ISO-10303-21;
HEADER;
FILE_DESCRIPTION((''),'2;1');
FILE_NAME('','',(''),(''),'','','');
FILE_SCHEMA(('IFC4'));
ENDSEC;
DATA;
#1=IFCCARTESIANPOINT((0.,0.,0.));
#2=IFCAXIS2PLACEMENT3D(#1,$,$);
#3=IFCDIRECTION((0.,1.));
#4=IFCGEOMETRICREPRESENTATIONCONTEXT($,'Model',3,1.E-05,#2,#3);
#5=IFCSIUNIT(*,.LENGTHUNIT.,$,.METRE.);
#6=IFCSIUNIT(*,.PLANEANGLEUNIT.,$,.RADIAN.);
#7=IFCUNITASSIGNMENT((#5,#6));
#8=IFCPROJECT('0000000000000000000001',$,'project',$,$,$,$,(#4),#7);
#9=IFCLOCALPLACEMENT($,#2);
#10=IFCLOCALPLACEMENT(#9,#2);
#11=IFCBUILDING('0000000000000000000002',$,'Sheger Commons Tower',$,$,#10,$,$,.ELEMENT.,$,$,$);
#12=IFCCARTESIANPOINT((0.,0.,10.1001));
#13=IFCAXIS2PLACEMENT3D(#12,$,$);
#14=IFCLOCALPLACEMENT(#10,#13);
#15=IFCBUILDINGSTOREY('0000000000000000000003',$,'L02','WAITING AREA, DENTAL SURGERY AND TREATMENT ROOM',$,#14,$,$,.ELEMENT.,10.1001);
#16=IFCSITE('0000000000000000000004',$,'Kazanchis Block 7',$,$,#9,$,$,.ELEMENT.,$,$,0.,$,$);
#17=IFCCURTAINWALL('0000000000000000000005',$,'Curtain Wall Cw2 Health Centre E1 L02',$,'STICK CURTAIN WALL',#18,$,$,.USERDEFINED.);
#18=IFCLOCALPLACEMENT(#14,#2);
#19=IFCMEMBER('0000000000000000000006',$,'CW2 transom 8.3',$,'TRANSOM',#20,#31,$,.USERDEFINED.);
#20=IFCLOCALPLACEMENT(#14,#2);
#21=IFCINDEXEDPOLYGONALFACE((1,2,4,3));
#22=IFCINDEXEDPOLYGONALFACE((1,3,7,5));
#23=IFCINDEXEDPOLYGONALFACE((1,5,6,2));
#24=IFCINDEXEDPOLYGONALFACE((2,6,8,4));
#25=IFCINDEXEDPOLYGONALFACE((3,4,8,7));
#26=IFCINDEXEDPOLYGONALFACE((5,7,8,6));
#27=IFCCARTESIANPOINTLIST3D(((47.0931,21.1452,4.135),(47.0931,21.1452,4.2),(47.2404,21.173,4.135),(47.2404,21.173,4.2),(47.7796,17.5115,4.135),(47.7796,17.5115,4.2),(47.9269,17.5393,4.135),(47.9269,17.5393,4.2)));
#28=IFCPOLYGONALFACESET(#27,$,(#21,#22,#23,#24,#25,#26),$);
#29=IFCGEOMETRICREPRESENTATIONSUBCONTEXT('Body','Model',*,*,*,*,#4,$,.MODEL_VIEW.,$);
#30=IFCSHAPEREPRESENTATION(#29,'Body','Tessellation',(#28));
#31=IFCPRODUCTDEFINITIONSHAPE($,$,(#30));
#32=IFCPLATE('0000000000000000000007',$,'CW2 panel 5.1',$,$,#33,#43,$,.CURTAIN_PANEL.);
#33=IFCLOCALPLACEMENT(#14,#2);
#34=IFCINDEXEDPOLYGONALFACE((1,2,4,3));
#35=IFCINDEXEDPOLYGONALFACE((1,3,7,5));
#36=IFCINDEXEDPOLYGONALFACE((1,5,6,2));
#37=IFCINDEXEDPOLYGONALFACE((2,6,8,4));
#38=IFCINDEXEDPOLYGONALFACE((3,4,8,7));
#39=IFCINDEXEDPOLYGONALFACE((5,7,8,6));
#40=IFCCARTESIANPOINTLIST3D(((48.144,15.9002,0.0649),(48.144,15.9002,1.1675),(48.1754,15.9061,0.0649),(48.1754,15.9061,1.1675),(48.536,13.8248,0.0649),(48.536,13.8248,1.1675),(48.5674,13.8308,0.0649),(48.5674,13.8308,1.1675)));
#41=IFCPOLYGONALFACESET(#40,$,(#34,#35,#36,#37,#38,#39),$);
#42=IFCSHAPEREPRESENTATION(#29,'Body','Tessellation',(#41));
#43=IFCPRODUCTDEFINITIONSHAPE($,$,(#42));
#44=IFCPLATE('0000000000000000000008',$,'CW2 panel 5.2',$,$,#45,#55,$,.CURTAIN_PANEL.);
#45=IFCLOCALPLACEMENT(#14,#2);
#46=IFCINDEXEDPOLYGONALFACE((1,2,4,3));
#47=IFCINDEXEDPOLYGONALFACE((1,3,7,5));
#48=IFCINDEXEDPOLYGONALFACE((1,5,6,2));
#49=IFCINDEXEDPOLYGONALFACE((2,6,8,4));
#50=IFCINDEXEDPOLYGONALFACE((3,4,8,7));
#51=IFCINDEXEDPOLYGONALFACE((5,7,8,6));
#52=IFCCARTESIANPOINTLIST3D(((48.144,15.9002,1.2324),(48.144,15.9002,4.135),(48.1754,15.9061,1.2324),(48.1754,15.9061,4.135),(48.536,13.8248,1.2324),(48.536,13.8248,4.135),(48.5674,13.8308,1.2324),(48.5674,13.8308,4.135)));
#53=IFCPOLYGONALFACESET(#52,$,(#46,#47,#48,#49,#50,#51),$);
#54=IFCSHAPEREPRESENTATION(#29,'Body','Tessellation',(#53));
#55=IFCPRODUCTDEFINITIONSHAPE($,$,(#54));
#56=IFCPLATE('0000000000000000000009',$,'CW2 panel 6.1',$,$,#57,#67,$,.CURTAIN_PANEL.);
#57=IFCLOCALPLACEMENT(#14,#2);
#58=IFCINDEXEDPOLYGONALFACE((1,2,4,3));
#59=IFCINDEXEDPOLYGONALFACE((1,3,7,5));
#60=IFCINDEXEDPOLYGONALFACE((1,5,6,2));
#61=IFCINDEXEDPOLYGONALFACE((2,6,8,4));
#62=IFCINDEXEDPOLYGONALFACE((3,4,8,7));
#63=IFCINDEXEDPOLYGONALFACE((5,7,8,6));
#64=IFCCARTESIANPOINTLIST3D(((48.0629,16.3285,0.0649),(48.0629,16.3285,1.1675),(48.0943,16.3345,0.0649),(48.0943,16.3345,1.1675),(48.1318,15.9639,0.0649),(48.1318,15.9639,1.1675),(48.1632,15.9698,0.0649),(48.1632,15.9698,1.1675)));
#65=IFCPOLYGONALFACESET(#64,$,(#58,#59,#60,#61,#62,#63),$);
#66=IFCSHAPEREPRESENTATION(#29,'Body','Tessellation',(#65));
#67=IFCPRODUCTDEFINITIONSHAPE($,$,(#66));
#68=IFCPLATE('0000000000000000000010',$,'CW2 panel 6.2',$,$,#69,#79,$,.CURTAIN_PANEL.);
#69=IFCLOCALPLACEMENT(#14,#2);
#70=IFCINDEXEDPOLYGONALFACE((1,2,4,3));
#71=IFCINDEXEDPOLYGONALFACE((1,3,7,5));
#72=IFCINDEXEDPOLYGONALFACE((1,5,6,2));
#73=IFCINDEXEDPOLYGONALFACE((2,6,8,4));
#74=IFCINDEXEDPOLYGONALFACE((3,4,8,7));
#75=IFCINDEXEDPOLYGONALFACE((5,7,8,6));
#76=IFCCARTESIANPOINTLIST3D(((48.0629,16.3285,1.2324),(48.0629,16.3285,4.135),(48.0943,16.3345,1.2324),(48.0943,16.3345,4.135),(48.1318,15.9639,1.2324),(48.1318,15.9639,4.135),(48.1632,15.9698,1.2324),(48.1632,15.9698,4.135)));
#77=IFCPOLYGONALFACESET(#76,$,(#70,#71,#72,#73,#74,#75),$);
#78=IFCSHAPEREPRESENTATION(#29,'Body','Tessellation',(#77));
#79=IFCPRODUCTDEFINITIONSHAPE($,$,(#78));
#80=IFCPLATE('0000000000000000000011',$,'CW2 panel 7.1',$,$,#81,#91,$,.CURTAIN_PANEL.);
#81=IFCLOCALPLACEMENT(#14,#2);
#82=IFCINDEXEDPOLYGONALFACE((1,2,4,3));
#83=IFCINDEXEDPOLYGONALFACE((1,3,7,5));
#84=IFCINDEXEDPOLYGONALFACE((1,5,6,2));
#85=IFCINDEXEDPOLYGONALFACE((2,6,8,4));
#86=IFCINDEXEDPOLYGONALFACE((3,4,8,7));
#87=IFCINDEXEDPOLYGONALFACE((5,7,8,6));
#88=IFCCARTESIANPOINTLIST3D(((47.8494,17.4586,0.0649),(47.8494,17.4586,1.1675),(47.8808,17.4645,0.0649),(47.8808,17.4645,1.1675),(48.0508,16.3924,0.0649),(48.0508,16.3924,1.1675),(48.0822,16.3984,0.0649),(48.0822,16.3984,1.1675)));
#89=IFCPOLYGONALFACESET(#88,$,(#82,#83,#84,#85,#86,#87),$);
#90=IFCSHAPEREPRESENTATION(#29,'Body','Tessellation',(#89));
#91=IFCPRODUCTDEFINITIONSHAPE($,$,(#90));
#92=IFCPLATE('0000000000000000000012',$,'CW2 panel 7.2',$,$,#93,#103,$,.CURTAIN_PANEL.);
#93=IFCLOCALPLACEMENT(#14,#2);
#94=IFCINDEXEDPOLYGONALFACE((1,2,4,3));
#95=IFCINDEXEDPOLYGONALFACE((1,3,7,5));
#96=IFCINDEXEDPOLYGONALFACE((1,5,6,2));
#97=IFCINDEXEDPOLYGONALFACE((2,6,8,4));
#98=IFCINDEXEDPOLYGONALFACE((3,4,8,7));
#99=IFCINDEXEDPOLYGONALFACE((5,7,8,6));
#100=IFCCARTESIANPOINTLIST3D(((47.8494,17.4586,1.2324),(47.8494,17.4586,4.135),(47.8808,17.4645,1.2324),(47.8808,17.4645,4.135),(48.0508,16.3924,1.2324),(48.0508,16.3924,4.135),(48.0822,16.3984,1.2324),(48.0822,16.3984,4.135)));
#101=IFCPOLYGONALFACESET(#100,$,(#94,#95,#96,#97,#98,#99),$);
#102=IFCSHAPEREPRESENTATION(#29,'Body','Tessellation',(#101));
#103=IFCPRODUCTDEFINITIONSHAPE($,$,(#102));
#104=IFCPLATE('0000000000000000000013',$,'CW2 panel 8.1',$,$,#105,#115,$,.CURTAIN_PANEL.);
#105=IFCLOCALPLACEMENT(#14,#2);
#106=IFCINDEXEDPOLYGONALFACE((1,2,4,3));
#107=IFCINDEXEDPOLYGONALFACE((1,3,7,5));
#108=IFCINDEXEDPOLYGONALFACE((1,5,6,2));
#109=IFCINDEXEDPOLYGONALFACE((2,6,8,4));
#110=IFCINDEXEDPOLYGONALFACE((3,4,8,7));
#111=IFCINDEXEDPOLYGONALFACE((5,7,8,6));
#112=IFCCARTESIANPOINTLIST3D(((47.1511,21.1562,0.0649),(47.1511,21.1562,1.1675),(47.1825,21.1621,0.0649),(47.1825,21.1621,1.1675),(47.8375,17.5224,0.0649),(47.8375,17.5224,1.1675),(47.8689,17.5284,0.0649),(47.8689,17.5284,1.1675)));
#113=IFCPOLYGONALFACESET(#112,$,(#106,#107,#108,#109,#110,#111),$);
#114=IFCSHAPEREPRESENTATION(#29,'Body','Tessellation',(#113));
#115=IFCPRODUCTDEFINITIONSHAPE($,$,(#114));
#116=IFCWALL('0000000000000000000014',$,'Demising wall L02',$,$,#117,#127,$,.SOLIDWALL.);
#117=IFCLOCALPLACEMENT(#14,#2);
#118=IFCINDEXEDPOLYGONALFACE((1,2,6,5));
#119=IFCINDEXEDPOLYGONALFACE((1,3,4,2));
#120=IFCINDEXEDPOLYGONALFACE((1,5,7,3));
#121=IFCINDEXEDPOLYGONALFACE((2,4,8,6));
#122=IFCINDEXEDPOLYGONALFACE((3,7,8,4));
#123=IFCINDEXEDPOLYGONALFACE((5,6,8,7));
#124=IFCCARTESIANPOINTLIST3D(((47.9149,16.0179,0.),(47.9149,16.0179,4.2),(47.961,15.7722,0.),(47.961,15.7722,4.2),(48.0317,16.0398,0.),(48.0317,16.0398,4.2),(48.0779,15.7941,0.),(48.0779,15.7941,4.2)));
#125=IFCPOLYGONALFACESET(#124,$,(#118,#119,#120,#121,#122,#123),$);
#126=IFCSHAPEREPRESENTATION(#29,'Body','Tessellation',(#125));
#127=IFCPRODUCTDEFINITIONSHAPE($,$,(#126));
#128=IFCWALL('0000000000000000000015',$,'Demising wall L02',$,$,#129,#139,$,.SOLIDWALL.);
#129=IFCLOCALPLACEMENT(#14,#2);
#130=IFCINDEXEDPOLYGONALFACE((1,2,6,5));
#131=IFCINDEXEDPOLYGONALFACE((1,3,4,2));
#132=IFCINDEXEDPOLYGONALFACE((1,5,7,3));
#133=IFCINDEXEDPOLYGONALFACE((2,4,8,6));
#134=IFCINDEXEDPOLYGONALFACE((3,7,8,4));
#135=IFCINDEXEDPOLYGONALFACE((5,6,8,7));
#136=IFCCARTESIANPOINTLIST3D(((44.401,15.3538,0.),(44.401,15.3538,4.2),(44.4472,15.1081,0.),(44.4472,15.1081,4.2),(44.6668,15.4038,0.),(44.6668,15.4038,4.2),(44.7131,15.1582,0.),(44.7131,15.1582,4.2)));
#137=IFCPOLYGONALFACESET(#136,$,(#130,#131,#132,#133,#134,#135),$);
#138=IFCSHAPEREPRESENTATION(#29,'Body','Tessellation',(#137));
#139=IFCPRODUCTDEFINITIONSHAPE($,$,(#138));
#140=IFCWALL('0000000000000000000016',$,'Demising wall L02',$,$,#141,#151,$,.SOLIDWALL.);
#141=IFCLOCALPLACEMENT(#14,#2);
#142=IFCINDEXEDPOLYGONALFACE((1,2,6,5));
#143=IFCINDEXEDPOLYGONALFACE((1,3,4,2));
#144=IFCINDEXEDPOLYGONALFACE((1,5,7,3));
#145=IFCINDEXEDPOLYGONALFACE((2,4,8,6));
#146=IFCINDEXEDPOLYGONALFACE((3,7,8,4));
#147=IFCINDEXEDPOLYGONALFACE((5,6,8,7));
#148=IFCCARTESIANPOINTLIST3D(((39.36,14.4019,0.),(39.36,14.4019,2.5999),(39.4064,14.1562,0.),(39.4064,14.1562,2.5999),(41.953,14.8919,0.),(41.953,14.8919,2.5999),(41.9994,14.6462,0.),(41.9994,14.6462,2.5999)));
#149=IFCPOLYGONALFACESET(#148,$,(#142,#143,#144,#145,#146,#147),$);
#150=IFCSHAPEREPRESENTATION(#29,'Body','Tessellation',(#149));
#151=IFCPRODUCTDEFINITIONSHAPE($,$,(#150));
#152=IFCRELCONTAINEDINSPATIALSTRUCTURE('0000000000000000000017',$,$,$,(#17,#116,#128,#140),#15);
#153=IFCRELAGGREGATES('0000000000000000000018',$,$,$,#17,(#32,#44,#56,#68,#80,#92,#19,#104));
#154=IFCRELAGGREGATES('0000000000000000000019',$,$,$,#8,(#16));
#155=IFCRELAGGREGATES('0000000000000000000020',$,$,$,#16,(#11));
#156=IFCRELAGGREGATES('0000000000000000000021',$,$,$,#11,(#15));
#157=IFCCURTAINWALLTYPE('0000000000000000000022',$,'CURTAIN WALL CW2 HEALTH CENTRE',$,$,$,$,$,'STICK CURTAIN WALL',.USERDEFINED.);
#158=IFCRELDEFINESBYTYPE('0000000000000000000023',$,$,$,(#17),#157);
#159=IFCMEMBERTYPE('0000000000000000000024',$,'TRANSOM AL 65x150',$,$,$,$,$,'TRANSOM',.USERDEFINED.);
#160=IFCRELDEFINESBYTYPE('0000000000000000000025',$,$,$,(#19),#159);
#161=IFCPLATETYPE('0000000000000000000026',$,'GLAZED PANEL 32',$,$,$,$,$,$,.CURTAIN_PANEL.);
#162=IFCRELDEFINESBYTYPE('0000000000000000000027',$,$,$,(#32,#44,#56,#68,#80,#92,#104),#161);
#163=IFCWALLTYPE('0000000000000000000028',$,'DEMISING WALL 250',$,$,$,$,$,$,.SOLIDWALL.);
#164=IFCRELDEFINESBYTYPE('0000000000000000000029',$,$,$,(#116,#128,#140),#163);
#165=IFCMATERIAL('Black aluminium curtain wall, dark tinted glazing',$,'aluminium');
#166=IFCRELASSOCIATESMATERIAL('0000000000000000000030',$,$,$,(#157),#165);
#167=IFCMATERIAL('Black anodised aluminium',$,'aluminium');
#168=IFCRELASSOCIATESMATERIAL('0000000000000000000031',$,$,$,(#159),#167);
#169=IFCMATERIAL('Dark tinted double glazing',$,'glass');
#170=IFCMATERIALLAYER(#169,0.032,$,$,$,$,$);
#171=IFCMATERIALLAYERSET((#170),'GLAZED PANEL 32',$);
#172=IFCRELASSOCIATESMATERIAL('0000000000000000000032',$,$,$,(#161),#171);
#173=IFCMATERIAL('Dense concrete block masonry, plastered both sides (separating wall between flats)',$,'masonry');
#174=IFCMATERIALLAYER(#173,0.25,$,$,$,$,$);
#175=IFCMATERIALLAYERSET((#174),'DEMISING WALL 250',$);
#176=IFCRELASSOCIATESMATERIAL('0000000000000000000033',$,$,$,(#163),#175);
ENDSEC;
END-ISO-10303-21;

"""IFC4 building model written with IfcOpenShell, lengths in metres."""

from ifc_helpers import new_model, si_unit, direction, frame, frame_2d, origin, origin_2d, place, context, subcontext, project, spatial, rectangle, extrude, material, layer, layer_set, material_profile, profile_set, type_object, element, aggregate, save


model = new_model("IFC4")

# Units and contexts
model_context = context("Model", 3, precision=1e-05, world=origin(), true_north=direction((0.0, 1.0)))
body_context = subcontext(model_context, "Body", "Model", "MODEL_VIEW")
ifc_project = project(units=[si_unit("LENGTHUNIT", "METRE"), si_unit("PLANEANGLEUNIT", "RADIAN")], contexts=[model_context])

# Site, building, storey
site_placement = place(None, origin())
site = spatial("IfcSite", under=ifc_project, at=site_placement, Name="Kazanchis Block 7", CompositionType="ELEMENT", RefElevation=0.0)
building_placement = place(site_placement, origin())
building = spatial("IfcBuilding", under=site, at=building_placement, Name="Sheger Commons Tower", CompositionType="ELEMENT")
storey_placement = place(building_placement, frame((0.0, 0.0, 10.1001)))
storey = spatial("IfcBuildingStorey", under=building, at=storey_placement, Name="L02", Description="WAITING AREA, DENTAL SURGERY AND TREATMENT ROOM", CompositionType="ELEMENT", Elevation=10.1001)

# Curtain wall
ifc_material_1 = material(Name="Black aluminium curtain wall, dark tinted glazing", Category="aluminium")
curtain_wall_type = type_object("IfcCurtainWallType", Name="CURTAIN WALL CW2 HEALTH CENTRE", ElementType="STICK CURTAIN WALL", PredefinedType="USERDEFINED", material=ifc_material_1)
curtain_wall_placement = place(storey_placement, origin())
curtain_wall = element("IfcCurtainWall", 1, at=curtain_wall_placement, inside=storey, type_object=curtain_wall_type, Name="Curtain Wall Cw2 Health Centre E1 L02", ObjectType="STICK CURTAIN WALL", PredefinedType="USERDEFINED")

# Member
ifc_material_2 = material(Name="Black anodised aluminium", Category="aluminium")
ifc_material_profile_1 = material_profile(ifc_material_2, rectangle(XDim=0.1499, YDim=0.0649, at=origin_2d()), Name="AL 65x150")
ifc_profile_set_1 = profile_set([ifc_material_profile_1], Name="Black anodised aluminium")
member_type_1 = type_object("IfcMemberType", Name="TRANSOM AL 65x150", ElementType="TRANSOM", PredefinedType="USERDEFINED", material=ifc_profile_set_1)
member_1_placement = place(storey_placement, frame((47.8533, 17.5254, 4.1675), z_axis=(-0.185644, 0.982617, 0.0), x_axis=(-0.982617, -0.185644, 0.0)))
member_1 = element("IfcMember", 2, at=member_1_placement, type_object=member_type_1, Name="CW2 transom 8.3", ObjectType="TRANSOM", PredefinedType="USERDEFINED", context=body_context, shape_type="SweptSolid", body=[
    extrude(rectangle(XDim=0.1499, YDim=0.0649, at=origin_2d()), origin(), (0.0, 0.0, 1.0), 3.698),
])

# Plates
ifc_material_3 = material(Name="Dark tinted double glazing", Category="glass")
ifc_layer_1 = layer(ifc_material_3, 0.032)
ifc_layer_set_1 = layer_set([ifc_layer_1], Name="GLAZED PANEL 32")
plate_type = type_object("IfcPlateType", Name="GLAZED PANEL 32", PredefinedType="CURTAIN_PANEL", material=ifc_layer_set_1)
plate_1_placement = place(storey_placement, frame((48.3557, 14.8655, 0.0649), z_axis=(0.0, 0.0, 1.0), x_axis=(-0.18561, 0.982624, 0.0)))
plate_1 = element("IfcPlate", 3, at=plate_1_placement, type_object=plate_type, Name="CW2 panel 5.1", PredefinedType="CURTAIN_PANEL", context=body_context, shape_type="SweptSolid", body=[
    extrude(rectangle(XDim=2.1121, YDim=0.032, at=origin_2d()), origin(), (0.0, 0.0, 1.0), 1.1025),
])
plate_2_placement = place(storey_placement, frame((48.3557, 14.8655, 1.2324), z_axis=(0.0, 0.0, 1.0), x_axis=(-0.18561, 0.982624, 0.0)))
plate_2 = element("IfcPlate", 4, at=plate_2_placement, type_object=plate_type, Name="CW2 panel 5.2", PredefinedType="CURTAIN_PANEL", context=body_context, shape_type="SweptSolid", body=[
    extrude(rectangle(XDim=2.1121, YDim=0.032, at=origin_2d()), origin(), (0.0, 0.0, 1.0), 2.9026),
])
plate_3_placement = place(storey_placement, frame((48.113, 16.1492, 0.0649), z_axis=(0.0, 0.0, 1.0), x_axis=(-0.18561, 0.982624, 0.0)))
plate_3 = element("IfcPlate", 5, at=plate_3_placement, type_object=plate_type, Name="CW2 panel 6.1", PredefinedType="CURTAIN_PANEL", context=body_context, shape_type="SweptSolid", body=[
    extrude(rectangle(XDim=0.3711, YDim=0.032, at=origin_2d()), origin(), (0.0, 0.0, 1.0), 1.1025),
])
plate_4_placement = place(storey_placement, frame((48.113, 16.1492, 1.2324), z_axis=(0.0, 0.0, 1.0), x_axis=(-0.18561, 0.982624, 0.0)))
plate_4 = element("IfcPlate", 6, at=plate_4_placement, type_object=plate_type, Name="CW2 panel 6.2", PredefinedType="CURTAIN_PANEL", context=body_context, shape_type="SweptSolid", body=[
    extrude(rectangle(XDim=0.3711, YDim=0.032, at=origin_2d()), origin(), (0.0, 0.0, 1.0), 2.9026),
])
plate_5_placement = place(storey_placement, frame((47.9658, 16.9285, 0.0649), z_axis=(0.0, 0.0, 1.0), x_axis=(-0.18561, 0.982624, 0.0)))
plate_5 = element("IfcPlate", 7, at=plate_5_placement, type_object=plate_type, Name="CW2 panel 7.1", PredefinedType="CURTAIN_PANEL", context=body_context, shape_type="SweptSolid", body=[
    extrude(rectangle(XDim=1.085, YDim=0.032, at=origin_2d()), origin(), (0.0, 0.0, 1.0), 1.1025),
])
plate_6_placement = place(storey_placement, frame((47.9658, 16.9285, 1.2324), z_axis=(0.0, 0.0, 1.0), x_axis=(-0.18561, 0.982624, 0.0)))
plate_6 = element("IfcPlate", 8, at=plate_6_placement, type_object=plate_type, Name="CW2 panel 7.2", PredefinedType="CURTAIN_PANEL", context=body_context, shape_type="SweptSolid", body=[
    extrude(rectangle(XDim=1.085, YDim=0.032, at=origin_2d()), origin(), (0.0, 0.0, 1.0), 2.9026),
])
plate_7_placement = place(storey_placement, frame((47.51, 19.3423, 0.0649), z_axis=(0.0, 0.0, 1.0), x_axis=(-0.18561, 0.982624, 0.0)))
plate_7 = element("IfcPlate", 9, at=plate_7_placement, type_object=plate_type, Name="CW2 panel 8.1", PredefinedType="CURTAIN_PANEL", context=body_context, shape_type="SweptSolid", body=[
    extrude(rectangle(XDim=3.698, YDim=0.032, at=origin_2d()), origin(), (0.0, 0.0, 1.0), 1.1025),
])
aggregate(curtain_wall, [plate_1, plate_2, plate_3, plate_4, plate_5, plate_6, member_1, plate_7])

# Walls
ifc_material_4 = material(Name="Dense concrete block masonry, plastered both sides (separating wall between flats)", Category="masonry")
ifc_layer_2 = layer(ifc_material_4, 0.25)
ifc_layer_set_2 = layer_set([ifc_layer_2], Name="DEMISING WALL 250")
wall_type = type_object("IfcWallType", Name="DEMISING WALL 250", PredefinedType="SOLIDWALL", material=ifc_layer_set_2)
wall_1_placement = place(storey_placement, frame((48.0549, 15.917, 0.0), z_axis=(0.0, 0.0, 1.0), x_axis=(-0.982802, -0.18466, 0.0)))
element("IfcWall", 10, at=wall_1_placement, inside=storey, type_object=wall_type, Name="Demising wall L02", PredefinedType="SOLIDWALL", context=body_context, shape_type="SweptSolid", body=[
    extrude(rectangle(XDim=0.1189, YDim=0.25, at=frame_2d((0.0596, 0.0))), origin(), (0.0, 0.0, 1.0), 4.2),
])
wall_2_placement = place(storey_placement, frame((44.6899, 15.281, 0.0), z_axis=(0.0, 0.0, 1.0), x_axis=(-0.982739, -0.184997, 0.0)))
element("IfcWall", 11, at=wall_2_placement, inside=storey, type_object=wall_type, Name="Demising wall L02", PredefinedType="SOLIDWALL", context=body_context, shape_type="SweptSolid", body=[
    extrude(rectangle(XDim=0.2705, YDim=0.25, at=frame_2d((0.1353, 0.0))), origin(), (0.0, 0.0, 1.0), 4.2),
])
wall_3_placement = place(storey_placement, frame((41.9761, 14.769, 0.0), z_axis=(0.0, 0.0, 1.0), x_axis=(-0.98261, -0.185679, 0.0)))
element("IfcWall", 12, at=wall_3_placement, inside=storey, type_object=wall_type, Name="Demising wall L02", PredefinedType="SOLIDWALL", context=body_context, shape_type="SweptSolid", body=[
    extrude(rectangle(XDim=2.6389, YDim=0.25, at=frame_2d((1.3193, 0.0))), origin(), (0.0, 0.0, 1.0), 2.5999),
])

save(model, "model.ifc")
